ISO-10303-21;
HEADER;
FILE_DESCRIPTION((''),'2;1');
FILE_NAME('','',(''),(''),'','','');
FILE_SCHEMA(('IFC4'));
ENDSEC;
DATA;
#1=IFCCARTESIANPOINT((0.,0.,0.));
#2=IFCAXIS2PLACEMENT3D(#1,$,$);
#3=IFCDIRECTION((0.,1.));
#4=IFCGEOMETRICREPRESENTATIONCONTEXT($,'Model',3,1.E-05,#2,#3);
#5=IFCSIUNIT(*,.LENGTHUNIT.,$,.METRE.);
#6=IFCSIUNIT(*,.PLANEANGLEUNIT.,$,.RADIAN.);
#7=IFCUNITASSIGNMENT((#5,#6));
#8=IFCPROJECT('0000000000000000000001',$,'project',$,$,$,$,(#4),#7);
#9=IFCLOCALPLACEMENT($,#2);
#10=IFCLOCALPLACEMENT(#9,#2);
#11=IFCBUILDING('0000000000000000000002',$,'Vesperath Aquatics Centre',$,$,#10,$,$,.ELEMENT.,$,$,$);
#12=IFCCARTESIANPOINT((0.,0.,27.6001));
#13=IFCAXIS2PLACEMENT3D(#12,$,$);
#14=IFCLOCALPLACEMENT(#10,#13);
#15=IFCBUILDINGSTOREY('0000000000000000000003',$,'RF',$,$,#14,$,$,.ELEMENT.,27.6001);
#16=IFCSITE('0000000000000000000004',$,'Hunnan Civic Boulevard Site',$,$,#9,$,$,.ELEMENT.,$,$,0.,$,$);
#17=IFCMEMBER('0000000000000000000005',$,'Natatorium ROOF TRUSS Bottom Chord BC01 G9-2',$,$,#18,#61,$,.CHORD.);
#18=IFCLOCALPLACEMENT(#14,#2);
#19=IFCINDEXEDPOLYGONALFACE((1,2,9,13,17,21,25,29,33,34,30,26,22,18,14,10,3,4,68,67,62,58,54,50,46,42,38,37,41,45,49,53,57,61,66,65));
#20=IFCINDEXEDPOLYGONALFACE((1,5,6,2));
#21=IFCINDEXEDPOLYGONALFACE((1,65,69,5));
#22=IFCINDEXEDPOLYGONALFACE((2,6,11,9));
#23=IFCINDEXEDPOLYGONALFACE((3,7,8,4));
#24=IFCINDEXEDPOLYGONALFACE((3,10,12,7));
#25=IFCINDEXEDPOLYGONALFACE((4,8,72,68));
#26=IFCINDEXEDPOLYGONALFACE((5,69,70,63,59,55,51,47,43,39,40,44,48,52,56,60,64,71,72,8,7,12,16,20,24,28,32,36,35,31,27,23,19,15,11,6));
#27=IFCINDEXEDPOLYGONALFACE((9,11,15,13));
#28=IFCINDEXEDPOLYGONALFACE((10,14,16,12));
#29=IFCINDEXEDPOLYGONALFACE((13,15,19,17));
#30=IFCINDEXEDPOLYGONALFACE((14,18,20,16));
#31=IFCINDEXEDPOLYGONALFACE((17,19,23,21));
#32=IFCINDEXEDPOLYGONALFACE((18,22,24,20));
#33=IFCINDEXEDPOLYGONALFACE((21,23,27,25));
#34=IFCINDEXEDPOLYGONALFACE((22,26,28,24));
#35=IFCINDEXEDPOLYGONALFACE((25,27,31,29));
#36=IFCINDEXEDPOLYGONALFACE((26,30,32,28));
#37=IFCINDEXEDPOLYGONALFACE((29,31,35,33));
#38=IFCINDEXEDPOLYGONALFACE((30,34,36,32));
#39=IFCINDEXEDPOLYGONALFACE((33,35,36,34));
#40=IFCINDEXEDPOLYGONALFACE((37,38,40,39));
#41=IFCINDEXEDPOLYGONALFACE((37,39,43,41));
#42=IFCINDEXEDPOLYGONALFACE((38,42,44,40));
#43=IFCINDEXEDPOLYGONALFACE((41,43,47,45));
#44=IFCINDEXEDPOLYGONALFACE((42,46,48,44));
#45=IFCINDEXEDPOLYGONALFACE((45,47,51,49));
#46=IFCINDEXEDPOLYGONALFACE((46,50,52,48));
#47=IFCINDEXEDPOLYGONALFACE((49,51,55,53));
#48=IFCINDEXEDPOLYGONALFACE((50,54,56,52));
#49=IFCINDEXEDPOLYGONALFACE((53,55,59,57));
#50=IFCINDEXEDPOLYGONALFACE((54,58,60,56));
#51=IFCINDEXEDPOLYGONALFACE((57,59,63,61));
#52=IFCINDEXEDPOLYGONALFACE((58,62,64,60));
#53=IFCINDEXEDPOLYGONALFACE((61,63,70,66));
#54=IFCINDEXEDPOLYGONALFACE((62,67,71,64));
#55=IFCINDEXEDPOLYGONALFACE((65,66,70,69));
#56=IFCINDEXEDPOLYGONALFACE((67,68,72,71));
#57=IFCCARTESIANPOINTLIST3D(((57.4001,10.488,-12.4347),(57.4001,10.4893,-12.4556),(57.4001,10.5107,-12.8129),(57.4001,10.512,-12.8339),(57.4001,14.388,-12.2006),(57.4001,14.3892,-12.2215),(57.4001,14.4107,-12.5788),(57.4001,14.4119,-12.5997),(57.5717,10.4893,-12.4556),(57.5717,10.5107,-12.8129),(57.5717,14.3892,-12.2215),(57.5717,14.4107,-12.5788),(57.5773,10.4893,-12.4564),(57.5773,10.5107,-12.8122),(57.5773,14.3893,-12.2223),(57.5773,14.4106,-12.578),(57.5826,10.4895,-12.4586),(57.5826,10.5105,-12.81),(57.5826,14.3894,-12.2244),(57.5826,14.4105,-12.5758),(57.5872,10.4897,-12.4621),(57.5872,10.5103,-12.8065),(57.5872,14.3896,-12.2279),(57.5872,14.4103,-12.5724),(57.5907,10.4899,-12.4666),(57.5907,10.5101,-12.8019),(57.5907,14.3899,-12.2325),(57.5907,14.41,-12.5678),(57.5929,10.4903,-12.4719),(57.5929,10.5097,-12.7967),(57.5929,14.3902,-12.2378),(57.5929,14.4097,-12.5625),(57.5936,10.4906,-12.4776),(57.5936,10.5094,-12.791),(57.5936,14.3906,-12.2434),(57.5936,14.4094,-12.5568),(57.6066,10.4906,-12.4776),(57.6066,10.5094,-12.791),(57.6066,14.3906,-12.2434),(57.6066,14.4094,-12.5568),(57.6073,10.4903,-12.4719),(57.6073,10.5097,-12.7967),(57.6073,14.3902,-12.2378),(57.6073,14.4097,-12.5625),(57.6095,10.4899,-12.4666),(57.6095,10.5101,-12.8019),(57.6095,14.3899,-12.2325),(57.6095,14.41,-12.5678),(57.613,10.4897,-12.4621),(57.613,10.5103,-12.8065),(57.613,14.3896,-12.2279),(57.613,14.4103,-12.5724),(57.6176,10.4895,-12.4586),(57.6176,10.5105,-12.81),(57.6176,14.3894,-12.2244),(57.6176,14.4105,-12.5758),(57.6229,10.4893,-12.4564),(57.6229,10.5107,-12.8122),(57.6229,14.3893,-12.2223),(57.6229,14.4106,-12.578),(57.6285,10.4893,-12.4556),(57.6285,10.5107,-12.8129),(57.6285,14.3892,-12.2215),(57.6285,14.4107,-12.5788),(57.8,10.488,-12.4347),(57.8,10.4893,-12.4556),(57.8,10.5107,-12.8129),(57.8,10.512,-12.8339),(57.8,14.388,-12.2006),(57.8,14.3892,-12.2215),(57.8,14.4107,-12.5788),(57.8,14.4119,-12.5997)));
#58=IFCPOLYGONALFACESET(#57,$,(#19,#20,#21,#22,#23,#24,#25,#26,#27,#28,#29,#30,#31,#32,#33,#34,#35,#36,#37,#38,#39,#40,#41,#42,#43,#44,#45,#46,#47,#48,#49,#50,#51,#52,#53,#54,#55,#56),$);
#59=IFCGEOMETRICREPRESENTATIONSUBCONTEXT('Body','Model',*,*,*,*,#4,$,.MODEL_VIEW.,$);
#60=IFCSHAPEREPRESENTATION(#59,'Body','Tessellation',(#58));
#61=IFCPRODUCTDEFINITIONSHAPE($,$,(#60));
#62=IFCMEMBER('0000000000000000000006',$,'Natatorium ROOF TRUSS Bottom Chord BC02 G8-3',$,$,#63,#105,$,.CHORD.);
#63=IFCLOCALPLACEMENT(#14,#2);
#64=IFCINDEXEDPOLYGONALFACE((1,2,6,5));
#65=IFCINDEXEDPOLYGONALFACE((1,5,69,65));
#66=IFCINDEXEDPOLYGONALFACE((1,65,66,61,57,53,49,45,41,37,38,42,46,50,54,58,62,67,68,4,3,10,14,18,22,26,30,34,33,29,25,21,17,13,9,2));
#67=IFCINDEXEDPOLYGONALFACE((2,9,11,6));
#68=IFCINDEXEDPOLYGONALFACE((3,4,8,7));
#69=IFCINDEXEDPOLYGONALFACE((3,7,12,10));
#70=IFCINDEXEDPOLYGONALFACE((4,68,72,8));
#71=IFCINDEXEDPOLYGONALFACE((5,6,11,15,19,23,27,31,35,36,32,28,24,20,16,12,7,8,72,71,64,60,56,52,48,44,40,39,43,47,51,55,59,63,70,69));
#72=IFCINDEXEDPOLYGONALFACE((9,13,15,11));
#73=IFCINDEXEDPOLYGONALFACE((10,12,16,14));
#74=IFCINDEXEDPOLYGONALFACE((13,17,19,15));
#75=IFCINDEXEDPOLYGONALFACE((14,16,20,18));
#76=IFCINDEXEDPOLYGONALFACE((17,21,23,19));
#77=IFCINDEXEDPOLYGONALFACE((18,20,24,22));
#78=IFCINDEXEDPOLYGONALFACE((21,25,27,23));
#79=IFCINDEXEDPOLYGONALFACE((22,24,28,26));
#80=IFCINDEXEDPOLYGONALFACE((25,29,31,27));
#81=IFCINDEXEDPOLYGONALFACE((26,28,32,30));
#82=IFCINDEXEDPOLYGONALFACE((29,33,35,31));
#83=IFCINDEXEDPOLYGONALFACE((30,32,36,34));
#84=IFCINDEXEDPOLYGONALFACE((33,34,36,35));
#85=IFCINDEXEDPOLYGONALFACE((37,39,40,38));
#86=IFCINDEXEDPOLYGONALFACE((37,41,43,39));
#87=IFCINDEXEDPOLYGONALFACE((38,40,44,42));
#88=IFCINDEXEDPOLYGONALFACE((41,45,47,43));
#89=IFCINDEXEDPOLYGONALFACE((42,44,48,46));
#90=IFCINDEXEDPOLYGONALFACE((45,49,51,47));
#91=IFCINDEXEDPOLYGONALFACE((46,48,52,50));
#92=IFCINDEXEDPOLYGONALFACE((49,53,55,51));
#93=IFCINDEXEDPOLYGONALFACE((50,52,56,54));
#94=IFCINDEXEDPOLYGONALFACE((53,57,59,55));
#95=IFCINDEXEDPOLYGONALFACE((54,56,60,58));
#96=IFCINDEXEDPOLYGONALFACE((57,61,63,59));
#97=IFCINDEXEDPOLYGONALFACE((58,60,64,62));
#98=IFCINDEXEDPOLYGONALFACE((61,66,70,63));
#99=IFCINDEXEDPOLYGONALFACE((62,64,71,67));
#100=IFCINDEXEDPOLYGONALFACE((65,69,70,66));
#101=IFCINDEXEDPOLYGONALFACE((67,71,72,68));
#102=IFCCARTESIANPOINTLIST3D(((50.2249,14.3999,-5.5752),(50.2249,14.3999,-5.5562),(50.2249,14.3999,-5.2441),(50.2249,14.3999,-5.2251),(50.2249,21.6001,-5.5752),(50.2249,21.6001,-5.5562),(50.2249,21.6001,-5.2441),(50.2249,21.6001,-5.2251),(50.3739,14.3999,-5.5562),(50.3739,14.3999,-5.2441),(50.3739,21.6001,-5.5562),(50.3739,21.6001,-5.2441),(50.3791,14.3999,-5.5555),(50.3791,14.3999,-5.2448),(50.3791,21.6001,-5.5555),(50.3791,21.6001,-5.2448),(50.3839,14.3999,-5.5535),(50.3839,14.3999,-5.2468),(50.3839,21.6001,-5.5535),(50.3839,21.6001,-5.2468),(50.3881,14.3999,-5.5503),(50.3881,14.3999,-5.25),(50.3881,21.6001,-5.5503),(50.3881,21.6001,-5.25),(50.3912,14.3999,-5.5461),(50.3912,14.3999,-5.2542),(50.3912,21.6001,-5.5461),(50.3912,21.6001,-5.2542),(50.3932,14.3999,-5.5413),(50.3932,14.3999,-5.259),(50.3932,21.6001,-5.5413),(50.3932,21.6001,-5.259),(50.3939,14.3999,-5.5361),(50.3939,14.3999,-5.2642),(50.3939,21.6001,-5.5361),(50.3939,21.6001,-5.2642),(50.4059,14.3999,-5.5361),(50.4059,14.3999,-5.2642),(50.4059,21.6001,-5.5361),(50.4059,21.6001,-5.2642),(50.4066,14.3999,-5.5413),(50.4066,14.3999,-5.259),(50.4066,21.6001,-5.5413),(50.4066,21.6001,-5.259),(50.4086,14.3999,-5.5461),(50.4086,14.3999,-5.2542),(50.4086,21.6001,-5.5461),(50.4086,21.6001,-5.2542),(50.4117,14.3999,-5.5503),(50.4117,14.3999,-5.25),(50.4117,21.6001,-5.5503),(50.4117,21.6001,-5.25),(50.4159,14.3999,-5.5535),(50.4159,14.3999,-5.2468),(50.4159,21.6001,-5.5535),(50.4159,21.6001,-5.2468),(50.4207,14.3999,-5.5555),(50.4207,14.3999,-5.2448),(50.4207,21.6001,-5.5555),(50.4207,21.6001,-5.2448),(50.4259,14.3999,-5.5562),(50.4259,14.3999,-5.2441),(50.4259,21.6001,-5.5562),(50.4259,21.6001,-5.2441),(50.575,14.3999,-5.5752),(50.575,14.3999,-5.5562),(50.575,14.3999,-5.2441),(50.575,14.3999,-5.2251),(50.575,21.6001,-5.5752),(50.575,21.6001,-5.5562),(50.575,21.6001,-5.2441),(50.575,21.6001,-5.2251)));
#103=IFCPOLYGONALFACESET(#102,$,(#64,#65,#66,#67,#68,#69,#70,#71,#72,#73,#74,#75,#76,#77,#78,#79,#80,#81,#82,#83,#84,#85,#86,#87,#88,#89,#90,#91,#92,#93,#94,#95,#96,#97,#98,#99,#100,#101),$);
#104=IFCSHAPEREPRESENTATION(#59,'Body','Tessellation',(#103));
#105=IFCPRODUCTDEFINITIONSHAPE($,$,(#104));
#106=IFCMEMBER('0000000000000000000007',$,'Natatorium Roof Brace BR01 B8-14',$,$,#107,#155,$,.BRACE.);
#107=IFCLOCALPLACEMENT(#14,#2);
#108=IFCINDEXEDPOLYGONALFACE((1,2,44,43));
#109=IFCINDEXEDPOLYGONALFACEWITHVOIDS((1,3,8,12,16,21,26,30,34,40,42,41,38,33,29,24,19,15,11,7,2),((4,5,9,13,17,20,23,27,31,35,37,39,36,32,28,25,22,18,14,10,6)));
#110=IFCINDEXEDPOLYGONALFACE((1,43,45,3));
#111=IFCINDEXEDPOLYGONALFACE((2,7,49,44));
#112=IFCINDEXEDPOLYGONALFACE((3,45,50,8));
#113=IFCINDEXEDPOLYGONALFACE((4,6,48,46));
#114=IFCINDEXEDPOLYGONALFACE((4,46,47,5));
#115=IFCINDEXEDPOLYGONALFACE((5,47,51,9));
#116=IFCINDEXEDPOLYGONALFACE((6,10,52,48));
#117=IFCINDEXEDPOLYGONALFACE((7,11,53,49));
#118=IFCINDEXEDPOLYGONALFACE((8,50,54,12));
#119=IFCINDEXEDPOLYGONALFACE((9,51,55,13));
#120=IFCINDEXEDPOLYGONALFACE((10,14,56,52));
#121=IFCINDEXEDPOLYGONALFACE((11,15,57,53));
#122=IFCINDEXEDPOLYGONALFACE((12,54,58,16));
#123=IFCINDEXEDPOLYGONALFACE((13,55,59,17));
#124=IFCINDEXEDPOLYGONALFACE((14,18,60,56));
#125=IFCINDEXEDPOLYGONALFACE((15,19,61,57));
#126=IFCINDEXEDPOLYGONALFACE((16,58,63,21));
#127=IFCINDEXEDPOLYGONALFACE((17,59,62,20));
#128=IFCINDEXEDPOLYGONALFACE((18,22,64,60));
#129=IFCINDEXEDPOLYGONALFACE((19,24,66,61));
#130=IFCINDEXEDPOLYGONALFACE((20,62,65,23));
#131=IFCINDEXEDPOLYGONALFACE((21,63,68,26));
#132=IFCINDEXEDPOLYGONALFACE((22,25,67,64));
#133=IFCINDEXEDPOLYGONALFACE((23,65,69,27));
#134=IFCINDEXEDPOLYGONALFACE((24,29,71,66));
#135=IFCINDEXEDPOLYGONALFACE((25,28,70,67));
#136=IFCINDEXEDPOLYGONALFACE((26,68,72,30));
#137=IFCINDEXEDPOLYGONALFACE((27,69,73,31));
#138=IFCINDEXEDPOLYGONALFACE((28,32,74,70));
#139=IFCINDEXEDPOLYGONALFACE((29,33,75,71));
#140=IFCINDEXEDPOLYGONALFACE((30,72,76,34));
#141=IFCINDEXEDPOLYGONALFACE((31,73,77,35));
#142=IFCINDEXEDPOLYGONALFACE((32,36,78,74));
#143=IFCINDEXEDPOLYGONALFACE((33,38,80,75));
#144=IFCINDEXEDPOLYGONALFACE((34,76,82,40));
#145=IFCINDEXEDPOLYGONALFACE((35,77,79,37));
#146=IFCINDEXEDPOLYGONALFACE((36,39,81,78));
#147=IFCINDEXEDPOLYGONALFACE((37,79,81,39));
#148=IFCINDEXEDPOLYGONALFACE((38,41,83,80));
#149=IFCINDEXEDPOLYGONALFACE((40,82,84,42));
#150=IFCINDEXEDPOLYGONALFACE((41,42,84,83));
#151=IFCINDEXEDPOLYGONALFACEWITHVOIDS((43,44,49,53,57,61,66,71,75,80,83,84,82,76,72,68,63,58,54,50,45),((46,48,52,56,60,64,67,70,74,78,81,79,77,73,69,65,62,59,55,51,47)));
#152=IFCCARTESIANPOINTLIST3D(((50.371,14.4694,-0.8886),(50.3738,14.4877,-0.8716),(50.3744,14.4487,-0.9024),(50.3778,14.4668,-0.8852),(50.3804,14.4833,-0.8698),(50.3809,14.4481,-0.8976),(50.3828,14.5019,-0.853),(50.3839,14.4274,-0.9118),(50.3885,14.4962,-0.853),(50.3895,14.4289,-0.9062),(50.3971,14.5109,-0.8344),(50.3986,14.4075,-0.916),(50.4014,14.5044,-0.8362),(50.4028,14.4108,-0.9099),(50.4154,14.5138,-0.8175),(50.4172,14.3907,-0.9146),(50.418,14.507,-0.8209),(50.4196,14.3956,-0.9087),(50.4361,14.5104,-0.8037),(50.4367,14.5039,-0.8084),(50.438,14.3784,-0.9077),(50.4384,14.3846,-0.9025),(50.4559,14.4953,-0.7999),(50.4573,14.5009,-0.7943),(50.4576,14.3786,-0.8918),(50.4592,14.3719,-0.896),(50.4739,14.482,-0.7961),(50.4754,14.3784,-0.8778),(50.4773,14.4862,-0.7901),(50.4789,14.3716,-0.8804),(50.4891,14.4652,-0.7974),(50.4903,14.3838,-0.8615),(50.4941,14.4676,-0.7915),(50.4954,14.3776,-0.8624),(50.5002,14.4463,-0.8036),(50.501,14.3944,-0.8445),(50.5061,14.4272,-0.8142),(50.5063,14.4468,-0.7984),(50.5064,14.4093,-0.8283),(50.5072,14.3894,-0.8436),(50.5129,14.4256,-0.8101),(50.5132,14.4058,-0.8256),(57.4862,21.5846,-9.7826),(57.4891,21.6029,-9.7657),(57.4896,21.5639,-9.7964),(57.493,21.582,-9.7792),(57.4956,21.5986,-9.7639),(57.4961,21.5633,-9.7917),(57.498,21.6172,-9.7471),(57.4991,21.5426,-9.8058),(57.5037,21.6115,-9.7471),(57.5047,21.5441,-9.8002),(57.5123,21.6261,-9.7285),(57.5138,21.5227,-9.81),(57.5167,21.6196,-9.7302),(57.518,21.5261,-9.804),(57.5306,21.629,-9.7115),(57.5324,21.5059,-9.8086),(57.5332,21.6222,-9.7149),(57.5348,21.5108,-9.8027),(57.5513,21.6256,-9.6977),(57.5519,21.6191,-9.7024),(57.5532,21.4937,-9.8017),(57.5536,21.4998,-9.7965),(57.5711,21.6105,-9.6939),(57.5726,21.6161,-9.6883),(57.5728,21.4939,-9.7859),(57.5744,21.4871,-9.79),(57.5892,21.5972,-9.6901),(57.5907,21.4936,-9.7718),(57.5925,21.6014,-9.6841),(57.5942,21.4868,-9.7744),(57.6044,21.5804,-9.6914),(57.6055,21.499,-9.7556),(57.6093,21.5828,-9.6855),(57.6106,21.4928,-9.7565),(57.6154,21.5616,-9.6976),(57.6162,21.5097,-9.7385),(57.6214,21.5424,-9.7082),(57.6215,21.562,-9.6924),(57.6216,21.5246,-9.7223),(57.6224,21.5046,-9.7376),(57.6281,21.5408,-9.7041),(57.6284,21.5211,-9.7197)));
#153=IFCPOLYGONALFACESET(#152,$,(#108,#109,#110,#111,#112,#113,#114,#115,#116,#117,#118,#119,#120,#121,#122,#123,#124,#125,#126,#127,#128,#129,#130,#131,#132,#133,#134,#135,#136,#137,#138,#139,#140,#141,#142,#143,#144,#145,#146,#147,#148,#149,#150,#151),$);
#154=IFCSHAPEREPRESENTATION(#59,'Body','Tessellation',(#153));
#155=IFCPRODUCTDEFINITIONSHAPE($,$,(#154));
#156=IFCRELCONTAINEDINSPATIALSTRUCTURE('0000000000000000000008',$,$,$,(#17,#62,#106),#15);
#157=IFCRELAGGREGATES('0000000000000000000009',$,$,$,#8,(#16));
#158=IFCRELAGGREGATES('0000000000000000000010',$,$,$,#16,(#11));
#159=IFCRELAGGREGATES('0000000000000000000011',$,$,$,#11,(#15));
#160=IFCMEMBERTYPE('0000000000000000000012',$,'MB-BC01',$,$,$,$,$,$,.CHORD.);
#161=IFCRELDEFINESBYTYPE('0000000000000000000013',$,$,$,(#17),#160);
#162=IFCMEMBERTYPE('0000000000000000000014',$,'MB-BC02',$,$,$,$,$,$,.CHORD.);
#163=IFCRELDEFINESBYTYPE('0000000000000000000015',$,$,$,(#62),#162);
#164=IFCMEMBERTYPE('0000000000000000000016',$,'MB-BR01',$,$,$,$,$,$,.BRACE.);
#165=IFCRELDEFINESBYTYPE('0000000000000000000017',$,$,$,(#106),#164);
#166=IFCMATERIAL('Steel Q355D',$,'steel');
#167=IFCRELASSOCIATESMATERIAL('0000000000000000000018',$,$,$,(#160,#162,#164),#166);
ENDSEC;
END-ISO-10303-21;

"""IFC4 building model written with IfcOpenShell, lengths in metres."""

from ifc_helpers import new_model, si_unit, direction, frame, origin, origin_2d, place, context, subcontext, project, spatial, hollow_circle, i_section, extrude, material, material_profile, profile_set, type_object, element, save


model = new_model("IFC4")

# Units and contexts
model_context = context("Model", 3, precision=1e-05, world=origin(), true_north=direction((0.0, 1.0)))
body_context = subcontext(model_context, "Body", "Model", "MODEL_VIEW")
ifc_project = project(units=[si_unit("LENGTHUNIT", "METRE"), si_unit("PLANEANGLEUNIT", "RADIAN")], contexts=[model_context])

# Site, building, storey
site_placement = place(None, origin())
site = spatial("IfcSite", under=ifc_project, at=site_placement, Name="Hunnan Civic Boulevard Site", CompositionType="ELEMENT", RefElevation=0.0)
building_placement = place(site_placement, origin())
building = spatial("IfcBuilding", under=site, at=building_placement, Name="Vesperath Aquatics Centre", CompositionType="ELEMENT")
storey_placement = place(building_placement, frame((0.0, 0.0, 27.6001)))
storey = spatial("IfcBuildingStorey", under=building, at=storey_placement, Name="RF", CompositionType="ELEMENT", Elevation=27.6001)

# Members
ifc_material_1 = material(Name="Steel Q355D", Category="steel")
ifc_material_profile_1 = material_profile(ifc_material_1, i_section(OverallWidth=0.3999, OverallDepth=0.3999, WebThickness=0.0129, FlangeThickness=0.021, FilletRadius=0.022, at=origin_2d()), Name="HW 400x400x13x21")
ifc_profile_set_1 = profile_set([ifc_material_profile_1], Name="Steel Q355D")
member_type_1 = type_object("IfcMemberType", Name="MB-BC01", PredefinedType="CHORD", material=ifc_profile_set_1)
member_1_placement = place(storey_placement, frame((57.6001, 10.5, -12.6343), z_axis=(0.0, 0.998203, 0.059927), x_axis=(-1.0, 0.0, 0.0)))
element("IfcMember", 1, at=member_1_placement, inside=storey, type_object=member_type_1, Name="Natatorium ROOF TRUSS Bottom Chord BC01 G9-2", PredefinedType="CHORD", context=body_context, shape_type="SweptSolid", body=[
    extrude(i_section(OverallWidth=0.3999, OverallDepth=0.3999, WebThickness=0.0129, FlangeThickness=0.021, FilletRadius=0.022, at=origin_2d()), origin(), (0.0, 0.0, 1.0), 3.907),
])
ifc_material_profile_2 = material_profile(ifc_material_1, i_section(OverallWidth=0.3501, OverallDepth=0.3501, WebThickness=0.012, FlangeThickness=0.019, FilletRadius=0.02, at=origin_2d()), Name="HW 350x350x12x19")
ifc_profile_set_2 = profile_set([ifc_material_profile_2], Name="Steel Q355D")
member_type_2 = type_object("IfcMemberType", Name="MB-BC02", PredefinedType="CHORD", material=ifc_profile_set_2)
member_2_placement = place(storey_placement, frame((50.3999, 14.3999, -5.4001), z_axis=(0.0, 1.0, 0.0), x_axis=(-1.0, 0.0, 0.0)))
element("IfcMember", 2, at=member_2_placement, inside=storey, type_object=member_type_2, Name="Natatorium ROOF TRUSS Bottom Chord BC02 G8-3", PredefinedType="CHORD", context=body_context, shape_type="SweptSolid", body=[
    extrude(i_section(OverallWidth=0.3501, OverallDepth=0.3501, WebThickness=0.012, FlangeThickness=0.019, FilletRadius=0.02, at=origin_2d()), origin(), (0.0, 0.0, 1.0), 7.2002),
])
ifc_material_profile_3 = material_profile(ifc_material_1, hollow_circle(Radius=0.0842, WallThickness=0.0081, at=origin_2d()), Name="CHS 168.3x8")
ifc_profile_set_3 = profile_set([ifc_material_profile_3], Name="Steel Q355D")
member_type_3 = type_object("IfcMemberType", Name="MB-BR01", PredefinedType="BRACE", material=ifc_profile_set_3)
member_3_placement = place(storey_placement, frame((50.4424, 14.4424, -0.853), z_axis=(0.529813, 0.529813, -0.662266), x_axis=(-0.707107, 0.707107, 0.0)))
element("IfcMember", 3, at=member_3_placement, inside=storey, type_object=member_type_3, Name="Natatorium Roof Brace BR01 B8-14", PredefinedType="BRACE", context=body_context, shape_type="SweptSolid", body=[
    extrude(hollow_circle(Radius=0.0842, WallThickness=0.0081, at=origin_2d()), origin(), (0.0, 0.0, 1.0), 13.4297),
])

save(model, "model.ifc")
